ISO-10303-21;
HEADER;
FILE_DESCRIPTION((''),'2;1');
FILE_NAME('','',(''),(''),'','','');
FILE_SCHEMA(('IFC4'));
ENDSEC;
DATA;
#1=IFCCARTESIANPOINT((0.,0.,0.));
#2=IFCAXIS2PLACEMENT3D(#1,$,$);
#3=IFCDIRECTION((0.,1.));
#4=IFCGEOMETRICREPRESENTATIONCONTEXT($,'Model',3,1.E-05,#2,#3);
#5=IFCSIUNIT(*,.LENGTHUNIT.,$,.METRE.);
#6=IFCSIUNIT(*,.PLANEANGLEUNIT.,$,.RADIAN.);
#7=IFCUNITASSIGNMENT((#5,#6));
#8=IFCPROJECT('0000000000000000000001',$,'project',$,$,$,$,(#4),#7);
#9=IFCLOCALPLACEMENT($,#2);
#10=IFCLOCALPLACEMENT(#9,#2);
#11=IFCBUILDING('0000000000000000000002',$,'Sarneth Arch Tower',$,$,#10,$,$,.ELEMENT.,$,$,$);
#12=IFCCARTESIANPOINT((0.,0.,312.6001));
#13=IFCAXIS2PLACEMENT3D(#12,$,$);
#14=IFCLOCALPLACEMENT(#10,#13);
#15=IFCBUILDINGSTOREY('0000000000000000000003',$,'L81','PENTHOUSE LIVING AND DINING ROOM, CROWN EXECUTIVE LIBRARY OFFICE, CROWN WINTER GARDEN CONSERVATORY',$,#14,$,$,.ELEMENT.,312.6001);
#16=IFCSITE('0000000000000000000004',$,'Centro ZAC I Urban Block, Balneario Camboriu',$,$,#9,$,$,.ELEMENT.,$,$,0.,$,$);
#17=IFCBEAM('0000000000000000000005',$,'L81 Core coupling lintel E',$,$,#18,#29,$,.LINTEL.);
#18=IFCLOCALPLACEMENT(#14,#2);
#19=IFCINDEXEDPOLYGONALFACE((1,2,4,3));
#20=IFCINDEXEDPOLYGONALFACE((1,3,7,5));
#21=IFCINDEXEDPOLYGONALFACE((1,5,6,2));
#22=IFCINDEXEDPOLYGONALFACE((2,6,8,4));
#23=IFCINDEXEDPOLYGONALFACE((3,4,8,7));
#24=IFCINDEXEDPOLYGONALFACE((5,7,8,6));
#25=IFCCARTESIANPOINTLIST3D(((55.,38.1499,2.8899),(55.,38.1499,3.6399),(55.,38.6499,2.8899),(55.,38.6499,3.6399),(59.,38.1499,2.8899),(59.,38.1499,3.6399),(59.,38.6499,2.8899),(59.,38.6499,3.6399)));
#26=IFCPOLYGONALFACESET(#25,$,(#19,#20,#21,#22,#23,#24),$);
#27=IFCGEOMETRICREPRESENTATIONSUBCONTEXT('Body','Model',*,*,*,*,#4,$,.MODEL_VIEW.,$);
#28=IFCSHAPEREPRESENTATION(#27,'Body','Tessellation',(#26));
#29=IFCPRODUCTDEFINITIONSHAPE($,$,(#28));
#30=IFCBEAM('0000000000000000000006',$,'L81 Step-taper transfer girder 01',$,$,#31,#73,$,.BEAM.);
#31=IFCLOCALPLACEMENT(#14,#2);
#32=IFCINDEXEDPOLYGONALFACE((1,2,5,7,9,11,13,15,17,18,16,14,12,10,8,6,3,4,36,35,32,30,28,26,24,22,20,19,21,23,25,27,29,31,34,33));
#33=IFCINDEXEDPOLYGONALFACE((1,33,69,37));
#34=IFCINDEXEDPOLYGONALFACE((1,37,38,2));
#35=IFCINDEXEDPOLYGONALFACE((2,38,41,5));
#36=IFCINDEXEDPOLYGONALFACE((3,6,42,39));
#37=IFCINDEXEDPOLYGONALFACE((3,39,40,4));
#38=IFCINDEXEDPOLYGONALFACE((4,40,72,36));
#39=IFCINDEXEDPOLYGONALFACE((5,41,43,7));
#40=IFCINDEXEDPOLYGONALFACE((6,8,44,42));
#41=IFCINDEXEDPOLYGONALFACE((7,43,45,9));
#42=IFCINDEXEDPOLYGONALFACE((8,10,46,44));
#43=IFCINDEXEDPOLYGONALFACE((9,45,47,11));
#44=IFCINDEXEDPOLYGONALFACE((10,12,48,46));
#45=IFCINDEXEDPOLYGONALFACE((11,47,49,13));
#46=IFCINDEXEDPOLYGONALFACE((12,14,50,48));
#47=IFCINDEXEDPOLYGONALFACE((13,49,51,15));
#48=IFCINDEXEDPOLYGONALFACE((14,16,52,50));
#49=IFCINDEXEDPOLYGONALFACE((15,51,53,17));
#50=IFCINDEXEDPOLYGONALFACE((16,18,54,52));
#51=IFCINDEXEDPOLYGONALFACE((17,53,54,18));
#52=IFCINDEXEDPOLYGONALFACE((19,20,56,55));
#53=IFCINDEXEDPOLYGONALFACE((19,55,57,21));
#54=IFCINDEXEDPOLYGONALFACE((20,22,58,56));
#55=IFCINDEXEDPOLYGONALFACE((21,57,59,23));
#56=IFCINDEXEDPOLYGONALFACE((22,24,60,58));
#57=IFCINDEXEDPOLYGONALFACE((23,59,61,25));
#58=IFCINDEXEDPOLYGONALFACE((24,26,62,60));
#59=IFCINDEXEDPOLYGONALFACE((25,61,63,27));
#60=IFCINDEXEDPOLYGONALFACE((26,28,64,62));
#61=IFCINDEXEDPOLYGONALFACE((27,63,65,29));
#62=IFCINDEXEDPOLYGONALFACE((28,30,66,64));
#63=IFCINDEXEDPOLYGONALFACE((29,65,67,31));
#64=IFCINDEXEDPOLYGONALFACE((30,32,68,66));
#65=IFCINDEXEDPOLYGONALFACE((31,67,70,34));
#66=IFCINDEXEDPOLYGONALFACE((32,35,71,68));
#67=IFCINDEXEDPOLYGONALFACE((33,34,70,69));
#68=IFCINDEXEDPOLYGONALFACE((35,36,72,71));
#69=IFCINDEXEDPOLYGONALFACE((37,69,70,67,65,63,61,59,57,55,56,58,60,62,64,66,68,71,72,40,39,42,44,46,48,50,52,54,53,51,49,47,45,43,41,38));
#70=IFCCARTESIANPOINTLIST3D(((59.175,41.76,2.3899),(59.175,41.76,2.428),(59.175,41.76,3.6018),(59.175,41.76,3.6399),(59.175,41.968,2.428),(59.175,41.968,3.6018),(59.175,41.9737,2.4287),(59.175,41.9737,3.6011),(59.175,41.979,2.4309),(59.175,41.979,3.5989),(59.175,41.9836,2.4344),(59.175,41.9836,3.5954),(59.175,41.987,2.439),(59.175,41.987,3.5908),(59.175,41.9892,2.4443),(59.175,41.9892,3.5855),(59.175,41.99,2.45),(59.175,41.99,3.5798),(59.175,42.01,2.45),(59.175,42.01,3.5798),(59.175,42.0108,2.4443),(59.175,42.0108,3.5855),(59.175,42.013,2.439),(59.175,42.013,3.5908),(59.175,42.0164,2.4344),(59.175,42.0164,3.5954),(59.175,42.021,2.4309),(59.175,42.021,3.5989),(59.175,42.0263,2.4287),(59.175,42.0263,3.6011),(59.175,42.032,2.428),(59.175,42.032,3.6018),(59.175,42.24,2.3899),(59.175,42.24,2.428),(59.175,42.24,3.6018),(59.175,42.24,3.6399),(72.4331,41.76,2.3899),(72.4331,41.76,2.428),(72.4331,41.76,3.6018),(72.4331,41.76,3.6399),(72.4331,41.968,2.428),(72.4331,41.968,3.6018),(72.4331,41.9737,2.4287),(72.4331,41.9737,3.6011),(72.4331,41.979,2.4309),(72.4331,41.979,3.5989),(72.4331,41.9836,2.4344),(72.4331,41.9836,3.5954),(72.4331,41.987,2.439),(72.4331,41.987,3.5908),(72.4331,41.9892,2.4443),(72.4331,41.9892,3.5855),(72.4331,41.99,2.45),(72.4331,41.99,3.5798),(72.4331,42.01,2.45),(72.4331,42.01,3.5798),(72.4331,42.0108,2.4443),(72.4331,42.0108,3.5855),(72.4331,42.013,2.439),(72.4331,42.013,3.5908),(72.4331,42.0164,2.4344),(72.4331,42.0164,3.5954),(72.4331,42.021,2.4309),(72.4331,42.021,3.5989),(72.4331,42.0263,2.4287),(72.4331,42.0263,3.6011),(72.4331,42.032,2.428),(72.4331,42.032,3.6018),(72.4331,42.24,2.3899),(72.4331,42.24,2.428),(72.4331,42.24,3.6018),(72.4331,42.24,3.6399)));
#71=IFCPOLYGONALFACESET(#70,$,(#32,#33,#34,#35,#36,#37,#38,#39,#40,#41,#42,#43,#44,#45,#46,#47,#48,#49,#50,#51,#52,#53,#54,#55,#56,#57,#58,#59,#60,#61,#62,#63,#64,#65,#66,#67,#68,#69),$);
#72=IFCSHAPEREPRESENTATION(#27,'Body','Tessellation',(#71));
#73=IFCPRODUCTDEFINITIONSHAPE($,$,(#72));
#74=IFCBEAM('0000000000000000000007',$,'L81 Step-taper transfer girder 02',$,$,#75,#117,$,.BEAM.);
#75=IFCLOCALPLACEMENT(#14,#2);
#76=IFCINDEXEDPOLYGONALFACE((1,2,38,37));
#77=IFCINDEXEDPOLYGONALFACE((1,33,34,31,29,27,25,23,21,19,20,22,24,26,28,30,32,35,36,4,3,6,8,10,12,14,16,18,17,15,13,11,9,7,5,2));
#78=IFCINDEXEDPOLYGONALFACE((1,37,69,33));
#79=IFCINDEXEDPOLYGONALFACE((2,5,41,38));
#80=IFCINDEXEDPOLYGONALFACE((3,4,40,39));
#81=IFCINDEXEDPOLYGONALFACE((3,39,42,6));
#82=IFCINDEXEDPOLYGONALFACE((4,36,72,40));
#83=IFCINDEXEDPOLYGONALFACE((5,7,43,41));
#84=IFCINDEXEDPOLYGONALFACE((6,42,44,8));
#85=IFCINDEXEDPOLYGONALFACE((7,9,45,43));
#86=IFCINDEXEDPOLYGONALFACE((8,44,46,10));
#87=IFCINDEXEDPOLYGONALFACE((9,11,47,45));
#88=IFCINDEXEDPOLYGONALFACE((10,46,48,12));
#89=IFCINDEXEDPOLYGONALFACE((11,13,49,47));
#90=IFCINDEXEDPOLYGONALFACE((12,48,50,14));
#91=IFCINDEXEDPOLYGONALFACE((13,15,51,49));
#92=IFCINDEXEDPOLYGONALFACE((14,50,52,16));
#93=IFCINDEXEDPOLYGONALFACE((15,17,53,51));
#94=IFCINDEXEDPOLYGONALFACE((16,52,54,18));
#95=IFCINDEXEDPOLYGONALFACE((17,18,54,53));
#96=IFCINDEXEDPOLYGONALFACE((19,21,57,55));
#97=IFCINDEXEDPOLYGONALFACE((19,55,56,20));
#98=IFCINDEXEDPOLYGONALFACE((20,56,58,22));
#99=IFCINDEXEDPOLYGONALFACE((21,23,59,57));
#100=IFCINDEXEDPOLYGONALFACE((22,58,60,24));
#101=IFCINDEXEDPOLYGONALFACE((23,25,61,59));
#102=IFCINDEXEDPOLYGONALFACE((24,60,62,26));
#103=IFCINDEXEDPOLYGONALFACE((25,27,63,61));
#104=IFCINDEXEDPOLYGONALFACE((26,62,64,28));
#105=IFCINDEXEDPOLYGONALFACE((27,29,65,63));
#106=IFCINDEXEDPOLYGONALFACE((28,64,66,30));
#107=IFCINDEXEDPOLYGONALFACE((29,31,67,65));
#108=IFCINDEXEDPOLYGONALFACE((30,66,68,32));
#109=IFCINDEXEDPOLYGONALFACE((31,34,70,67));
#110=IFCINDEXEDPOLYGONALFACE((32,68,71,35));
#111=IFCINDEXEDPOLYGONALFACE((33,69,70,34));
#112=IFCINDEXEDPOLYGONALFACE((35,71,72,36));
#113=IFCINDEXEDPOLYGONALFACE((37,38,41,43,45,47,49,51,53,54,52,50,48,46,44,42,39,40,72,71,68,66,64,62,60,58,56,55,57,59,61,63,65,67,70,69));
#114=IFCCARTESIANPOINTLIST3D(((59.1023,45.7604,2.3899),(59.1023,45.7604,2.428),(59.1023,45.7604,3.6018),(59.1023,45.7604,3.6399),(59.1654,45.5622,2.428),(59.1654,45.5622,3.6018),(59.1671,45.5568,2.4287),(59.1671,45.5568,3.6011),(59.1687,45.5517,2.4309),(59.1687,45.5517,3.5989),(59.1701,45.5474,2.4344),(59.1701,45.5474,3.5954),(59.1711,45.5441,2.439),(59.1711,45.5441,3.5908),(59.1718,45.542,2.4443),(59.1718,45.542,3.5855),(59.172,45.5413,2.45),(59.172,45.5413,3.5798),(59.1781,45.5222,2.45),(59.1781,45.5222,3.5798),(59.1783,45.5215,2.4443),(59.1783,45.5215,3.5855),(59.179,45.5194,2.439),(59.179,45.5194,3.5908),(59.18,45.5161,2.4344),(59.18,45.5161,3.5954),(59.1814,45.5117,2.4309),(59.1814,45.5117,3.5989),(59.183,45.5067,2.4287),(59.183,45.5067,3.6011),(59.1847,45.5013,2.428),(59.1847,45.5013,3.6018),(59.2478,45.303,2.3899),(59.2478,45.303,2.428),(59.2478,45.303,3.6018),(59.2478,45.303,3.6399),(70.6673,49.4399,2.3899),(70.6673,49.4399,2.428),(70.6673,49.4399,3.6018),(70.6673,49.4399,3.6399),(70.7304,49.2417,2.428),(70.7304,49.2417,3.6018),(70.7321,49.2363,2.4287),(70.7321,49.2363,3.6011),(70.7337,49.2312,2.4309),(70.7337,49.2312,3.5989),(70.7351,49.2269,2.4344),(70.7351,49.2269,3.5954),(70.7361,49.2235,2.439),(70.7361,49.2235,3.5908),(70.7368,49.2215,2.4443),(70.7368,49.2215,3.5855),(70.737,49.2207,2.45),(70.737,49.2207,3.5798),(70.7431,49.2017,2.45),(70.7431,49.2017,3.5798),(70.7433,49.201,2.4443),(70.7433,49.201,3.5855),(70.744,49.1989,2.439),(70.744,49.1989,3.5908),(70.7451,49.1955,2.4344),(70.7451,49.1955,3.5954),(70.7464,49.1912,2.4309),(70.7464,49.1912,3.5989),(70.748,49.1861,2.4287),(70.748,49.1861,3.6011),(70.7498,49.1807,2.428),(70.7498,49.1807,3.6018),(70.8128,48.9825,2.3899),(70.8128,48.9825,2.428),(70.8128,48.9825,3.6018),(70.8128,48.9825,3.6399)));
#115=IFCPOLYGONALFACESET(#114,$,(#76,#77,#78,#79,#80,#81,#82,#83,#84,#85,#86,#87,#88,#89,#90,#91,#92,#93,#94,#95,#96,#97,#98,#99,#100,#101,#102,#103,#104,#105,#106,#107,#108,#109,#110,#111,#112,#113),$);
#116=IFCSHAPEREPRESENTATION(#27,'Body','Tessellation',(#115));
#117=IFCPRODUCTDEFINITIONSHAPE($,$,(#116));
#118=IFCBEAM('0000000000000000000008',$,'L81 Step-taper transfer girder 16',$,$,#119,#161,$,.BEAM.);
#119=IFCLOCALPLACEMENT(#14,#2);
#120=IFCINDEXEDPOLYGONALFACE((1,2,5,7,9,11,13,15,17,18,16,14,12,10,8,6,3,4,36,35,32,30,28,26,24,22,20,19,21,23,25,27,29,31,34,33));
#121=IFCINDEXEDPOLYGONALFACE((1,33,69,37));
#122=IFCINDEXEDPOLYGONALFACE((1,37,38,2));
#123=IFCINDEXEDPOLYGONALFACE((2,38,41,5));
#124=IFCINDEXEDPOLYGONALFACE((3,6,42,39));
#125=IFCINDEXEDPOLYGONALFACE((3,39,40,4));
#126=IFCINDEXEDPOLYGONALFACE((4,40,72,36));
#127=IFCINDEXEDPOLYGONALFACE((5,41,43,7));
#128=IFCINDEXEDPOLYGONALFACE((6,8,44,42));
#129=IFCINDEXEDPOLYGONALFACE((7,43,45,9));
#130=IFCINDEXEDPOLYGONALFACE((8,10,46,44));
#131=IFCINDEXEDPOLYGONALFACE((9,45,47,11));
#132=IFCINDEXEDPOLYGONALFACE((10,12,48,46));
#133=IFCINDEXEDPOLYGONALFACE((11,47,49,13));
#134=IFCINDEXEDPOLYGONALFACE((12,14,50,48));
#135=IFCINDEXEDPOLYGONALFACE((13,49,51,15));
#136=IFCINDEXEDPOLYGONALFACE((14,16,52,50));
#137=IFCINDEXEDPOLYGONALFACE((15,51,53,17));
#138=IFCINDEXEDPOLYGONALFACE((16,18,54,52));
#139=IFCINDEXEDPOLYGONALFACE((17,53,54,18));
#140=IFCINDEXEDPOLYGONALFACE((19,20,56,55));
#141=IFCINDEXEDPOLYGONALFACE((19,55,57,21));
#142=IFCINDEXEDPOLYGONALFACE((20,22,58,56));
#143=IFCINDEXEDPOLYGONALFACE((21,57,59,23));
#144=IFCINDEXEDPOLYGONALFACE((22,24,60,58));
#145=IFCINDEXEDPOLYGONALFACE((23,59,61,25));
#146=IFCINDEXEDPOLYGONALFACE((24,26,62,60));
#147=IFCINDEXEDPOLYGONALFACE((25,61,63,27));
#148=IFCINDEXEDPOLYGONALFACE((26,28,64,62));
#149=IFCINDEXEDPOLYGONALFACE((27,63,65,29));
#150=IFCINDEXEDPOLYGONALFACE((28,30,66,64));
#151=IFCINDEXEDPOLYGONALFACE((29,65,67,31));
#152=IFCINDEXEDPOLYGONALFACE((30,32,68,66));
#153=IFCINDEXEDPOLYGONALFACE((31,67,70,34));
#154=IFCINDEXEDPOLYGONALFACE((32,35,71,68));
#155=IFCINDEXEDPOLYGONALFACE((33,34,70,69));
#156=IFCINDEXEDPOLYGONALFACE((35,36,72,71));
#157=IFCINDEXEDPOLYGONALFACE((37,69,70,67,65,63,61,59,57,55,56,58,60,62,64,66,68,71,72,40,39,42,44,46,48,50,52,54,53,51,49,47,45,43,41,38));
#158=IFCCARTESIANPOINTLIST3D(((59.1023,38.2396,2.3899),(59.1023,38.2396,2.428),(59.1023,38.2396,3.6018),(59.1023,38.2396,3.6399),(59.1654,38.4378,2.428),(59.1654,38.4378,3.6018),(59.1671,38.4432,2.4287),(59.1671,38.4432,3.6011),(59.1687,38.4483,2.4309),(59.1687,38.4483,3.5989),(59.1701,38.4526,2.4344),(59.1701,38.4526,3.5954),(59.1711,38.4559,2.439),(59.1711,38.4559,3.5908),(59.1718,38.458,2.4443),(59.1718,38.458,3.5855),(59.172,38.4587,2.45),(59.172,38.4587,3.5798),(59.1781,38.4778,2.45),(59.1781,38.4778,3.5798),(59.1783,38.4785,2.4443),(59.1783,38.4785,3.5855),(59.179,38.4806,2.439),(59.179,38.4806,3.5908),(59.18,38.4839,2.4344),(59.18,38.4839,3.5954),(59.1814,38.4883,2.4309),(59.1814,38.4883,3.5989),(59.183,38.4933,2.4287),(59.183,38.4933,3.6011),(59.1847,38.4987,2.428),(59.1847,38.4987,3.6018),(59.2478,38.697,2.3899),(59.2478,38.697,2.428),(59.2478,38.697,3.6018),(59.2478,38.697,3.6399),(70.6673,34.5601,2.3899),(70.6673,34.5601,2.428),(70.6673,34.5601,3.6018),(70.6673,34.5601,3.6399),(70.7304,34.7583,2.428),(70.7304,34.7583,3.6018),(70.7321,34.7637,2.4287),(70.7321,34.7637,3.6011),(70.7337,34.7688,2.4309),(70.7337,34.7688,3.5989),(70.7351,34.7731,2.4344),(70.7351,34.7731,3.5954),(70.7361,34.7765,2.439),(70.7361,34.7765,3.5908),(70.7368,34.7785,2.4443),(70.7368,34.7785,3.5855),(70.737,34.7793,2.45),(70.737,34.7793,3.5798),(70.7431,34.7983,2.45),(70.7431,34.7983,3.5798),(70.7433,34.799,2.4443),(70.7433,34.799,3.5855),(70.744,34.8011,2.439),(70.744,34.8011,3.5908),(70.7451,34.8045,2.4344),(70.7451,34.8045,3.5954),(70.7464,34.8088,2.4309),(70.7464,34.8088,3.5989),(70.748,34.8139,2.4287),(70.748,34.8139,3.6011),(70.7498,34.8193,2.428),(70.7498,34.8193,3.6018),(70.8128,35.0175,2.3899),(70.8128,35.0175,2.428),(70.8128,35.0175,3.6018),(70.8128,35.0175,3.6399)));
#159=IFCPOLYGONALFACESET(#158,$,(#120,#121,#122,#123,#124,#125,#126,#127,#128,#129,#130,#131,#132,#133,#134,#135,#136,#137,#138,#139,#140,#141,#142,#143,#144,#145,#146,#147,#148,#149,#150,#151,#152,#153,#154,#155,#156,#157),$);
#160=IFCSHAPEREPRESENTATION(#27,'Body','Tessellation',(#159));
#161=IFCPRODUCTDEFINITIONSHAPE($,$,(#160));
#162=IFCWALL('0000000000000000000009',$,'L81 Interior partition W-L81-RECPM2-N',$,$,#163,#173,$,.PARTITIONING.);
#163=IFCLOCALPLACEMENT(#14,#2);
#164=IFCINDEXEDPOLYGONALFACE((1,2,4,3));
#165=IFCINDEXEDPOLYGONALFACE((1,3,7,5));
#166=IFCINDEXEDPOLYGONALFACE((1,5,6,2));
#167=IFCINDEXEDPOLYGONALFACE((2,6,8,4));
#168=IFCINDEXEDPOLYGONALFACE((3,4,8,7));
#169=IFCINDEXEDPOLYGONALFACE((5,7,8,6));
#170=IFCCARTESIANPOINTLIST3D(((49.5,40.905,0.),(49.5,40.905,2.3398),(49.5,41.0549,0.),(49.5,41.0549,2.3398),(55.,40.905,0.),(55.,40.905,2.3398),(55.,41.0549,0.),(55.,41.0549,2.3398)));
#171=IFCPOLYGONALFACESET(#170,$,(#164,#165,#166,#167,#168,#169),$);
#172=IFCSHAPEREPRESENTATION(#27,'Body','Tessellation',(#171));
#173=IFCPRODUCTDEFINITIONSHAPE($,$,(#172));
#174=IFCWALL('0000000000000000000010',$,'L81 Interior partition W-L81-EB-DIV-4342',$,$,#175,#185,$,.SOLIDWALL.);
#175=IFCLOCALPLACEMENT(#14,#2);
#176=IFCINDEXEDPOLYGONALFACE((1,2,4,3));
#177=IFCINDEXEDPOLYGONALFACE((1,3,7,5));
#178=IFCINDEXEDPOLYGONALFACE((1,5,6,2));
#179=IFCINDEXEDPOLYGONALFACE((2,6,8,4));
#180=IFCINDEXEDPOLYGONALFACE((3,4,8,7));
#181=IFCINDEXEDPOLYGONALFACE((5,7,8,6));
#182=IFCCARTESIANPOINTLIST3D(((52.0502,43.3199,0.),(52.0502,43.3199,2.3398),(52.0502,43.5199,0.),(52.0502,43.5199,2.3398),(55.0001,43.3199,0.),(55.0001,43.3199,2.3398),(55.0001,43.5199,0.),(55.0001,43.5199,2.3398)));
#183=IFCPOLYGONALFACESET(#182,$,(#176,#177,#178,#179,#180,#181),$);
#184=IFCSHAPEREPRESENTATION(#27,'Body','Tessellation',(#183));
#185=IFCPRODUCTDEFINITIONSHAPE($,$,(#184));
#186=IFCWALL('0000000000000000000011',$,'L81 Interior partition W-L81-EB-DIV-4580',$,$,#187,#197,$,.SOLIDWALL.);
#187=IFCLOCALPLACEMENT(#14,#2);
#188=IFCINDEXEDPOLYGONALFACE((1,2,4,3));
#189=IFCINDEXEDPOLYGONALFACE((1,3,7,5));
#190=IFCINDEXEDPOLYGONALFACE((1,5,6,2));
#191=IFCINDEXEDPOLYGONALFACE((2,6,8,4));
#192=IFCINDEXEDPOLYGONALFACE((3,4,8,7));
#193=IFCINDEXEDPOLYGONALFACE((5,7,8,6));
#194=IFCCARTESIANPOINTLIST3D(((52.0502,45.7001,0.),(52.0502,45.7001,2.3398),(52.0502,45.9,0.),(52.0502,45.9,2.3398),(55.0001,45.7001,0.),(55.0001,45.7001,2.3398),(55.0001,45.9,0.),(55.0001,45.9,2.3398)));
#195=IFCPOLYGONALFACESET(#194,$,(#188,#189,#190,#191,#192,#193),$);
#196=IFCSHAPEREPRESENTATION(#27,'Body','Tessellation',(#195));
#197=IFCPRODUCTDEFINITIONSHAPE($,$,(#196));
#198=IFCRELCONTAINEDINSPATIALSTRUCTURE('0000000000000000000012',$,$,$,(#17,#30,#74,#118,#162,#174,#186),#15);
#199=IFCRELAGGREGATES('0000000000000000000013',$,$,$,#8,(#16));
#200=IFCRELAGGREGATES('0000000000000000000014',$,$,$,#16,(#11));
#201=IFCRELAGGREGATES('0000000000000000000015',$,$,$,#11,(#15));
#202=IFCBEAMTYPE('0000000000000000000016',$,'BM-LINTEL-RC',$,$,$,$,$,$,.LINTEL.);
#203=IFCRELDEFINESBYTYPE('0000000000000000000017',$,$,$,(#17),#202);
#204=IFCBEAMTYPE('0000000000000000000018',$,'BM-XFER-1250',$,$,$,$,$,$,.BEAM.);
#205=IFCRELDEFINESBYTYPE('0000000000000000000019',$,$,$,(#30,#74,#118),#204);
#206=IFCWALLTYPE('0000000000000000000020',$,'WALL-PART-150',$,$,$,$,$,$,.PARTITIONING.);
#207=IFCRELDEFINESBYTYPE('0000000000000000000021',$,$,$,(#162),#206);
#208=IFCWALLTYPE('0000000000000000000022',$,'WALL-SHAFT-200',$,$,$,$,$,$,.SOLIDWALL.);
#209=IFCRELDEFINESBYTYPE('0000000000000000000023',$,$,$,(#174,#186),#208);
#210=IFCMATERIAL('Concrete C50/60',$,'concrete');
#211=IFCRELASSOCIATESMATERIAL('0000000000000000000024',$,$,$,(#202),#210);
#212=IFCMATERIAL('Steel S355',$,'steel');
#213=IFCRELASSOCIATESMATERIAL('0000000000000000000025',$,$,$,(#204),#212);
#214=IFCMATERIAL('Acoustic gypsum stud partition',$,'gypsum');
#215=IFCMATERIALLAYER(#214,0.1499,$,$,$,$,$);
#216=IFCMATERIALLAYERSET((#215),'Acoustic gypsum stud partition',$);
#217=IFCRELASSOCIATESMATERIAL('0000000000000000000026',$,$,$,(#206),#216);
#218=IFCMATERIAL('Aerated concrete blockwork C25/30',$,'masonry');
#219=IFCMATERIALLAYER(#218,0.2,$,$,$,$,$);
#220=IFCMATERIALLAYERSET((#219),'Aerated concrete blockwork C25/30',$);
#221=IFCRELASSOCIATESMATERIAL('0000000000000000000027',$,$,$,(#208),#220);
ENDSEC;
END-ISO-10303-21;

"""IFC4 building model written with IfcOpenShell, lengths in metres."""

from ifc_helpers import new_model, si_unit, direction, frame, frame_2d, origin, origin_2d, place, context, subcontext, project, spatial, rectangle, i_section, extrude, material, layer, layer_set, material_profile, profile_set, type_object, element, save


model = new_model("IFC4")

# Units and contexts
model_context = context("Model", 3, precision=1e-05, world=origin(), true_north=direction((0.0, 1.0)))
body_context = subcontext(model_context, "Body", "Model", "MODEL_VIEW")
ifc_project = project(units=[si_unit("LENGTHUNIT", "METRE"), si_unit("PLANEANGLEUNIT", "RADIAN")], contexts=[model_context])

# Site, building, storey
site_placement = place(None, origin())
site = spatial("IfcSite", under=ifc_project, at=site_placement, Name="Centro ZAC I Urban Block, Balneario Camboriu", CompositionType="ELEMENT", RefElevation=0.0)
building_placement = place(site_placement, origin())
building = spatial("IfcBuilding", under=site, at=building_placement, Name="Sarneth Arch Tower", CompositionType="ELEMENT")
storey_placement = place(building_placement, frame((0.0, 0.0, 312.6001)))
storey = spatial("IfcBuildingStorey", under=building, at=storey_placement, Name="L81", Description="PENTHOUSE LIVING AND DINING ROOM, CROWN EXECUTIVE LIBRARY OFFICE, CROWN WINTER GARDEN CONSERVATORY", CompositionType="ELEMENT", Elevation=312.6001)

# Beams
ifc_material_1 = material(Name="Concrete C50/60", Category="concrete")
ifc_material_profile_1 = material_profile(ifc_material_1, rectangle(XDim=0.5, YDim=0.75, at=origin_2d()), Name="RC-500x750")
ifc_profile_set_1 = profile_set([ifc_material_profile_1], Name="Concrete C50/60")
beam_type_1 = type_object("IfcBeamType", Name="BM-LINTEL-RC", PredefinedType="LINTEL", material=ifc_profile_set_1)
beam_1_placement = place(storey_placement, frame((55.0, 38.3999, 3.2649), z_axis=(1.0, 0.0, 0.0), x_axis=(0.0, 1.0, 0.0)))
element("IfcBeam", 1, at=beam_1_placement, inside=storey, type_object=beam_type_1, Name="L81 Core coupling lintel E", PredefinedType="LINTEL", context=body_context, shape_type="SweptSolid", body=[
    extrude(rectangle(XDim=0.5, YDim=0.75, at=origin_2d()), origin(), (0.0, 0.0, 1.0), 4.0),
])
ifc_material_2 = material(Name="Steel S355", Category="steel")
ifc_material_profile_2 = material_profile(ifc_material_2, i_section(OverallWidth=0.48, OverallDepth=1.25, WebThickness=0.02, FlangeThickness=0.0381, FilletRadius=0.022, at=origin_2d()), Name="CVS1250x520")
ifc_profile_set_2 = profile_set([ifc_material_profile_2], Name="Steel S355")
beam_type_2 = type_object("IfcBeamType", Name="BM-XFER-1250", PredefinedType="BEAM", material=ifc_profile_set_2)
beam_2_placement = place(storey_placement, frame((59.175, 42.0, 3.0149), z_axis=(1.0, 0.0, 0.0), x_axis=(0.0, 1.0, 0.0)))
element("IfcBeam", 2, at=beam_2_placement, inside=storey, type_object=beam_type_2, Name="L81 Step-taper transfer girder 01", PredefinedType="BEAM", context=body_context, shape_type="SweptSolid", body=[
    extrude(i_section(OverallWidth=0.48, OverallDepth=1.25, WebThickness=0.02, FlangeThickness=0.0381, FilletRadius=0.022, at=origin_2d()), origin(), (0.0, 0.0, 1.0), 13.2581),
])
for number, where, z_axis, x_axis, name in (
    (3, (59.175, 45.5317, 3.0149), (0.952933, 0.30318, 0.0), (-0.30318, 0.952933, 0.0), "L81 Step-taper transfer girder 02"),
    (4, (59.175, 38.4683, 3.0149), (0.952933, -0.30318, 0.0), (0.30318, 0.952933, 0.0), "L81 Step-taper transfer girder 16"),
):
    element("IfcBeam", number, at=place(storey_placement, frame(where, z_axis=z_axis, x_axis=x_axis)), inside=storey, type_object=beam_type_2, Name=name, PredefinedType="BEAM", context=body_context, shape_type="SweptSolid", body=[
        extrude(i_section(OverallWidth=0.48, OverallDepth=1.25, WebThickness=0.02, FlangeThickness=0.0381, FilletRadius=0.022, at=origin_2d()), origin(), (0.0, 0.0, 1.0), 12.1362),
    ])

# Wall
ifc_material_3 = material(Name="Acoustic gypsum stud partition", Category="gypsum")
ifc_layer_1 = layer(ifc_material_3, 0.1499)
ifc_layer_set_1 = layer_set([ifc_layer_1], Name="Acoustic gypsum stud partition")
wall_type_1 = type_object("IfcWallType", Name="WALL-PART-150", PredefinedType="PARTITIONING", material=ifc_layer_set_1)
wall_1_placement = place(storey_placement, frame((49.5, 40.98, 0.0), z_axis=(0.0, 0.0, 1.0), x_axis=(1.0, 0.0, 0.0)))
element("IfcWall", 5, at=wall_1_placement, inside=storey, type_object=wall_type_1, Name="L81 Interior partition W-L81-RECPM2-N", PredefinedType="PARTITIONING", context=body_context, shape_type="SweptSolid", body=[
    extrude(rectangle(XDim=5.5, YDim=0.1499, at=frame_2d((2.75, 0.0))), origin(), (0.0, 0.0, 1.0), 2.3398),
])

# Shared definitions
ifc_material_4 = material(Name="Aerated concrete blockwork C25/30", Category="masonry")
ifc_layer_2 = layer(ifc_material_4, 0.2)
ifc_layer_set_2 = layer_set([ifc_layer_2], Name="Aerated concrete blockwork C25/30")
wall_type_2 = type_object("IfcWallType", Name="WALL-SHAFT-200", PredefinedType="SOLIDWALL", material=ifc_layer_set_2)

# Walls
for number, where, z_axis, x_axis, name in (
    (6, (52.05, 43.4199, 0.0), (0.0, 0.0, 1.0), (1.0, 0.0, 0.0), "L81 Interior partition W-L81-EB-DIV-4342"),
    (7, (52.05, 45.8, 0.0), (0.0, 0.0, 1.0), (1.0, 0.0, 0.0), "L81 Interior partition W-L81-EB-DIV-4580"),
):
    element("IfcWall", number, at=place(storey_placement, frame(where, z_axis=z_axis, x_axis=x_axis)), inside=storey, type_object=wall_type_2, Name=name, PredefinedType="SOLIDWALL", context=body_context, shape_type="SweptSolid", body=[
        extrude(rectangle(XDim=2.95, YDim=0.2, at=frame_2d((1.4751, 0.0))), origin(), (0.0, 0.0, 1.0), 2.3398),
    ])

save(model, "model.ifc")
